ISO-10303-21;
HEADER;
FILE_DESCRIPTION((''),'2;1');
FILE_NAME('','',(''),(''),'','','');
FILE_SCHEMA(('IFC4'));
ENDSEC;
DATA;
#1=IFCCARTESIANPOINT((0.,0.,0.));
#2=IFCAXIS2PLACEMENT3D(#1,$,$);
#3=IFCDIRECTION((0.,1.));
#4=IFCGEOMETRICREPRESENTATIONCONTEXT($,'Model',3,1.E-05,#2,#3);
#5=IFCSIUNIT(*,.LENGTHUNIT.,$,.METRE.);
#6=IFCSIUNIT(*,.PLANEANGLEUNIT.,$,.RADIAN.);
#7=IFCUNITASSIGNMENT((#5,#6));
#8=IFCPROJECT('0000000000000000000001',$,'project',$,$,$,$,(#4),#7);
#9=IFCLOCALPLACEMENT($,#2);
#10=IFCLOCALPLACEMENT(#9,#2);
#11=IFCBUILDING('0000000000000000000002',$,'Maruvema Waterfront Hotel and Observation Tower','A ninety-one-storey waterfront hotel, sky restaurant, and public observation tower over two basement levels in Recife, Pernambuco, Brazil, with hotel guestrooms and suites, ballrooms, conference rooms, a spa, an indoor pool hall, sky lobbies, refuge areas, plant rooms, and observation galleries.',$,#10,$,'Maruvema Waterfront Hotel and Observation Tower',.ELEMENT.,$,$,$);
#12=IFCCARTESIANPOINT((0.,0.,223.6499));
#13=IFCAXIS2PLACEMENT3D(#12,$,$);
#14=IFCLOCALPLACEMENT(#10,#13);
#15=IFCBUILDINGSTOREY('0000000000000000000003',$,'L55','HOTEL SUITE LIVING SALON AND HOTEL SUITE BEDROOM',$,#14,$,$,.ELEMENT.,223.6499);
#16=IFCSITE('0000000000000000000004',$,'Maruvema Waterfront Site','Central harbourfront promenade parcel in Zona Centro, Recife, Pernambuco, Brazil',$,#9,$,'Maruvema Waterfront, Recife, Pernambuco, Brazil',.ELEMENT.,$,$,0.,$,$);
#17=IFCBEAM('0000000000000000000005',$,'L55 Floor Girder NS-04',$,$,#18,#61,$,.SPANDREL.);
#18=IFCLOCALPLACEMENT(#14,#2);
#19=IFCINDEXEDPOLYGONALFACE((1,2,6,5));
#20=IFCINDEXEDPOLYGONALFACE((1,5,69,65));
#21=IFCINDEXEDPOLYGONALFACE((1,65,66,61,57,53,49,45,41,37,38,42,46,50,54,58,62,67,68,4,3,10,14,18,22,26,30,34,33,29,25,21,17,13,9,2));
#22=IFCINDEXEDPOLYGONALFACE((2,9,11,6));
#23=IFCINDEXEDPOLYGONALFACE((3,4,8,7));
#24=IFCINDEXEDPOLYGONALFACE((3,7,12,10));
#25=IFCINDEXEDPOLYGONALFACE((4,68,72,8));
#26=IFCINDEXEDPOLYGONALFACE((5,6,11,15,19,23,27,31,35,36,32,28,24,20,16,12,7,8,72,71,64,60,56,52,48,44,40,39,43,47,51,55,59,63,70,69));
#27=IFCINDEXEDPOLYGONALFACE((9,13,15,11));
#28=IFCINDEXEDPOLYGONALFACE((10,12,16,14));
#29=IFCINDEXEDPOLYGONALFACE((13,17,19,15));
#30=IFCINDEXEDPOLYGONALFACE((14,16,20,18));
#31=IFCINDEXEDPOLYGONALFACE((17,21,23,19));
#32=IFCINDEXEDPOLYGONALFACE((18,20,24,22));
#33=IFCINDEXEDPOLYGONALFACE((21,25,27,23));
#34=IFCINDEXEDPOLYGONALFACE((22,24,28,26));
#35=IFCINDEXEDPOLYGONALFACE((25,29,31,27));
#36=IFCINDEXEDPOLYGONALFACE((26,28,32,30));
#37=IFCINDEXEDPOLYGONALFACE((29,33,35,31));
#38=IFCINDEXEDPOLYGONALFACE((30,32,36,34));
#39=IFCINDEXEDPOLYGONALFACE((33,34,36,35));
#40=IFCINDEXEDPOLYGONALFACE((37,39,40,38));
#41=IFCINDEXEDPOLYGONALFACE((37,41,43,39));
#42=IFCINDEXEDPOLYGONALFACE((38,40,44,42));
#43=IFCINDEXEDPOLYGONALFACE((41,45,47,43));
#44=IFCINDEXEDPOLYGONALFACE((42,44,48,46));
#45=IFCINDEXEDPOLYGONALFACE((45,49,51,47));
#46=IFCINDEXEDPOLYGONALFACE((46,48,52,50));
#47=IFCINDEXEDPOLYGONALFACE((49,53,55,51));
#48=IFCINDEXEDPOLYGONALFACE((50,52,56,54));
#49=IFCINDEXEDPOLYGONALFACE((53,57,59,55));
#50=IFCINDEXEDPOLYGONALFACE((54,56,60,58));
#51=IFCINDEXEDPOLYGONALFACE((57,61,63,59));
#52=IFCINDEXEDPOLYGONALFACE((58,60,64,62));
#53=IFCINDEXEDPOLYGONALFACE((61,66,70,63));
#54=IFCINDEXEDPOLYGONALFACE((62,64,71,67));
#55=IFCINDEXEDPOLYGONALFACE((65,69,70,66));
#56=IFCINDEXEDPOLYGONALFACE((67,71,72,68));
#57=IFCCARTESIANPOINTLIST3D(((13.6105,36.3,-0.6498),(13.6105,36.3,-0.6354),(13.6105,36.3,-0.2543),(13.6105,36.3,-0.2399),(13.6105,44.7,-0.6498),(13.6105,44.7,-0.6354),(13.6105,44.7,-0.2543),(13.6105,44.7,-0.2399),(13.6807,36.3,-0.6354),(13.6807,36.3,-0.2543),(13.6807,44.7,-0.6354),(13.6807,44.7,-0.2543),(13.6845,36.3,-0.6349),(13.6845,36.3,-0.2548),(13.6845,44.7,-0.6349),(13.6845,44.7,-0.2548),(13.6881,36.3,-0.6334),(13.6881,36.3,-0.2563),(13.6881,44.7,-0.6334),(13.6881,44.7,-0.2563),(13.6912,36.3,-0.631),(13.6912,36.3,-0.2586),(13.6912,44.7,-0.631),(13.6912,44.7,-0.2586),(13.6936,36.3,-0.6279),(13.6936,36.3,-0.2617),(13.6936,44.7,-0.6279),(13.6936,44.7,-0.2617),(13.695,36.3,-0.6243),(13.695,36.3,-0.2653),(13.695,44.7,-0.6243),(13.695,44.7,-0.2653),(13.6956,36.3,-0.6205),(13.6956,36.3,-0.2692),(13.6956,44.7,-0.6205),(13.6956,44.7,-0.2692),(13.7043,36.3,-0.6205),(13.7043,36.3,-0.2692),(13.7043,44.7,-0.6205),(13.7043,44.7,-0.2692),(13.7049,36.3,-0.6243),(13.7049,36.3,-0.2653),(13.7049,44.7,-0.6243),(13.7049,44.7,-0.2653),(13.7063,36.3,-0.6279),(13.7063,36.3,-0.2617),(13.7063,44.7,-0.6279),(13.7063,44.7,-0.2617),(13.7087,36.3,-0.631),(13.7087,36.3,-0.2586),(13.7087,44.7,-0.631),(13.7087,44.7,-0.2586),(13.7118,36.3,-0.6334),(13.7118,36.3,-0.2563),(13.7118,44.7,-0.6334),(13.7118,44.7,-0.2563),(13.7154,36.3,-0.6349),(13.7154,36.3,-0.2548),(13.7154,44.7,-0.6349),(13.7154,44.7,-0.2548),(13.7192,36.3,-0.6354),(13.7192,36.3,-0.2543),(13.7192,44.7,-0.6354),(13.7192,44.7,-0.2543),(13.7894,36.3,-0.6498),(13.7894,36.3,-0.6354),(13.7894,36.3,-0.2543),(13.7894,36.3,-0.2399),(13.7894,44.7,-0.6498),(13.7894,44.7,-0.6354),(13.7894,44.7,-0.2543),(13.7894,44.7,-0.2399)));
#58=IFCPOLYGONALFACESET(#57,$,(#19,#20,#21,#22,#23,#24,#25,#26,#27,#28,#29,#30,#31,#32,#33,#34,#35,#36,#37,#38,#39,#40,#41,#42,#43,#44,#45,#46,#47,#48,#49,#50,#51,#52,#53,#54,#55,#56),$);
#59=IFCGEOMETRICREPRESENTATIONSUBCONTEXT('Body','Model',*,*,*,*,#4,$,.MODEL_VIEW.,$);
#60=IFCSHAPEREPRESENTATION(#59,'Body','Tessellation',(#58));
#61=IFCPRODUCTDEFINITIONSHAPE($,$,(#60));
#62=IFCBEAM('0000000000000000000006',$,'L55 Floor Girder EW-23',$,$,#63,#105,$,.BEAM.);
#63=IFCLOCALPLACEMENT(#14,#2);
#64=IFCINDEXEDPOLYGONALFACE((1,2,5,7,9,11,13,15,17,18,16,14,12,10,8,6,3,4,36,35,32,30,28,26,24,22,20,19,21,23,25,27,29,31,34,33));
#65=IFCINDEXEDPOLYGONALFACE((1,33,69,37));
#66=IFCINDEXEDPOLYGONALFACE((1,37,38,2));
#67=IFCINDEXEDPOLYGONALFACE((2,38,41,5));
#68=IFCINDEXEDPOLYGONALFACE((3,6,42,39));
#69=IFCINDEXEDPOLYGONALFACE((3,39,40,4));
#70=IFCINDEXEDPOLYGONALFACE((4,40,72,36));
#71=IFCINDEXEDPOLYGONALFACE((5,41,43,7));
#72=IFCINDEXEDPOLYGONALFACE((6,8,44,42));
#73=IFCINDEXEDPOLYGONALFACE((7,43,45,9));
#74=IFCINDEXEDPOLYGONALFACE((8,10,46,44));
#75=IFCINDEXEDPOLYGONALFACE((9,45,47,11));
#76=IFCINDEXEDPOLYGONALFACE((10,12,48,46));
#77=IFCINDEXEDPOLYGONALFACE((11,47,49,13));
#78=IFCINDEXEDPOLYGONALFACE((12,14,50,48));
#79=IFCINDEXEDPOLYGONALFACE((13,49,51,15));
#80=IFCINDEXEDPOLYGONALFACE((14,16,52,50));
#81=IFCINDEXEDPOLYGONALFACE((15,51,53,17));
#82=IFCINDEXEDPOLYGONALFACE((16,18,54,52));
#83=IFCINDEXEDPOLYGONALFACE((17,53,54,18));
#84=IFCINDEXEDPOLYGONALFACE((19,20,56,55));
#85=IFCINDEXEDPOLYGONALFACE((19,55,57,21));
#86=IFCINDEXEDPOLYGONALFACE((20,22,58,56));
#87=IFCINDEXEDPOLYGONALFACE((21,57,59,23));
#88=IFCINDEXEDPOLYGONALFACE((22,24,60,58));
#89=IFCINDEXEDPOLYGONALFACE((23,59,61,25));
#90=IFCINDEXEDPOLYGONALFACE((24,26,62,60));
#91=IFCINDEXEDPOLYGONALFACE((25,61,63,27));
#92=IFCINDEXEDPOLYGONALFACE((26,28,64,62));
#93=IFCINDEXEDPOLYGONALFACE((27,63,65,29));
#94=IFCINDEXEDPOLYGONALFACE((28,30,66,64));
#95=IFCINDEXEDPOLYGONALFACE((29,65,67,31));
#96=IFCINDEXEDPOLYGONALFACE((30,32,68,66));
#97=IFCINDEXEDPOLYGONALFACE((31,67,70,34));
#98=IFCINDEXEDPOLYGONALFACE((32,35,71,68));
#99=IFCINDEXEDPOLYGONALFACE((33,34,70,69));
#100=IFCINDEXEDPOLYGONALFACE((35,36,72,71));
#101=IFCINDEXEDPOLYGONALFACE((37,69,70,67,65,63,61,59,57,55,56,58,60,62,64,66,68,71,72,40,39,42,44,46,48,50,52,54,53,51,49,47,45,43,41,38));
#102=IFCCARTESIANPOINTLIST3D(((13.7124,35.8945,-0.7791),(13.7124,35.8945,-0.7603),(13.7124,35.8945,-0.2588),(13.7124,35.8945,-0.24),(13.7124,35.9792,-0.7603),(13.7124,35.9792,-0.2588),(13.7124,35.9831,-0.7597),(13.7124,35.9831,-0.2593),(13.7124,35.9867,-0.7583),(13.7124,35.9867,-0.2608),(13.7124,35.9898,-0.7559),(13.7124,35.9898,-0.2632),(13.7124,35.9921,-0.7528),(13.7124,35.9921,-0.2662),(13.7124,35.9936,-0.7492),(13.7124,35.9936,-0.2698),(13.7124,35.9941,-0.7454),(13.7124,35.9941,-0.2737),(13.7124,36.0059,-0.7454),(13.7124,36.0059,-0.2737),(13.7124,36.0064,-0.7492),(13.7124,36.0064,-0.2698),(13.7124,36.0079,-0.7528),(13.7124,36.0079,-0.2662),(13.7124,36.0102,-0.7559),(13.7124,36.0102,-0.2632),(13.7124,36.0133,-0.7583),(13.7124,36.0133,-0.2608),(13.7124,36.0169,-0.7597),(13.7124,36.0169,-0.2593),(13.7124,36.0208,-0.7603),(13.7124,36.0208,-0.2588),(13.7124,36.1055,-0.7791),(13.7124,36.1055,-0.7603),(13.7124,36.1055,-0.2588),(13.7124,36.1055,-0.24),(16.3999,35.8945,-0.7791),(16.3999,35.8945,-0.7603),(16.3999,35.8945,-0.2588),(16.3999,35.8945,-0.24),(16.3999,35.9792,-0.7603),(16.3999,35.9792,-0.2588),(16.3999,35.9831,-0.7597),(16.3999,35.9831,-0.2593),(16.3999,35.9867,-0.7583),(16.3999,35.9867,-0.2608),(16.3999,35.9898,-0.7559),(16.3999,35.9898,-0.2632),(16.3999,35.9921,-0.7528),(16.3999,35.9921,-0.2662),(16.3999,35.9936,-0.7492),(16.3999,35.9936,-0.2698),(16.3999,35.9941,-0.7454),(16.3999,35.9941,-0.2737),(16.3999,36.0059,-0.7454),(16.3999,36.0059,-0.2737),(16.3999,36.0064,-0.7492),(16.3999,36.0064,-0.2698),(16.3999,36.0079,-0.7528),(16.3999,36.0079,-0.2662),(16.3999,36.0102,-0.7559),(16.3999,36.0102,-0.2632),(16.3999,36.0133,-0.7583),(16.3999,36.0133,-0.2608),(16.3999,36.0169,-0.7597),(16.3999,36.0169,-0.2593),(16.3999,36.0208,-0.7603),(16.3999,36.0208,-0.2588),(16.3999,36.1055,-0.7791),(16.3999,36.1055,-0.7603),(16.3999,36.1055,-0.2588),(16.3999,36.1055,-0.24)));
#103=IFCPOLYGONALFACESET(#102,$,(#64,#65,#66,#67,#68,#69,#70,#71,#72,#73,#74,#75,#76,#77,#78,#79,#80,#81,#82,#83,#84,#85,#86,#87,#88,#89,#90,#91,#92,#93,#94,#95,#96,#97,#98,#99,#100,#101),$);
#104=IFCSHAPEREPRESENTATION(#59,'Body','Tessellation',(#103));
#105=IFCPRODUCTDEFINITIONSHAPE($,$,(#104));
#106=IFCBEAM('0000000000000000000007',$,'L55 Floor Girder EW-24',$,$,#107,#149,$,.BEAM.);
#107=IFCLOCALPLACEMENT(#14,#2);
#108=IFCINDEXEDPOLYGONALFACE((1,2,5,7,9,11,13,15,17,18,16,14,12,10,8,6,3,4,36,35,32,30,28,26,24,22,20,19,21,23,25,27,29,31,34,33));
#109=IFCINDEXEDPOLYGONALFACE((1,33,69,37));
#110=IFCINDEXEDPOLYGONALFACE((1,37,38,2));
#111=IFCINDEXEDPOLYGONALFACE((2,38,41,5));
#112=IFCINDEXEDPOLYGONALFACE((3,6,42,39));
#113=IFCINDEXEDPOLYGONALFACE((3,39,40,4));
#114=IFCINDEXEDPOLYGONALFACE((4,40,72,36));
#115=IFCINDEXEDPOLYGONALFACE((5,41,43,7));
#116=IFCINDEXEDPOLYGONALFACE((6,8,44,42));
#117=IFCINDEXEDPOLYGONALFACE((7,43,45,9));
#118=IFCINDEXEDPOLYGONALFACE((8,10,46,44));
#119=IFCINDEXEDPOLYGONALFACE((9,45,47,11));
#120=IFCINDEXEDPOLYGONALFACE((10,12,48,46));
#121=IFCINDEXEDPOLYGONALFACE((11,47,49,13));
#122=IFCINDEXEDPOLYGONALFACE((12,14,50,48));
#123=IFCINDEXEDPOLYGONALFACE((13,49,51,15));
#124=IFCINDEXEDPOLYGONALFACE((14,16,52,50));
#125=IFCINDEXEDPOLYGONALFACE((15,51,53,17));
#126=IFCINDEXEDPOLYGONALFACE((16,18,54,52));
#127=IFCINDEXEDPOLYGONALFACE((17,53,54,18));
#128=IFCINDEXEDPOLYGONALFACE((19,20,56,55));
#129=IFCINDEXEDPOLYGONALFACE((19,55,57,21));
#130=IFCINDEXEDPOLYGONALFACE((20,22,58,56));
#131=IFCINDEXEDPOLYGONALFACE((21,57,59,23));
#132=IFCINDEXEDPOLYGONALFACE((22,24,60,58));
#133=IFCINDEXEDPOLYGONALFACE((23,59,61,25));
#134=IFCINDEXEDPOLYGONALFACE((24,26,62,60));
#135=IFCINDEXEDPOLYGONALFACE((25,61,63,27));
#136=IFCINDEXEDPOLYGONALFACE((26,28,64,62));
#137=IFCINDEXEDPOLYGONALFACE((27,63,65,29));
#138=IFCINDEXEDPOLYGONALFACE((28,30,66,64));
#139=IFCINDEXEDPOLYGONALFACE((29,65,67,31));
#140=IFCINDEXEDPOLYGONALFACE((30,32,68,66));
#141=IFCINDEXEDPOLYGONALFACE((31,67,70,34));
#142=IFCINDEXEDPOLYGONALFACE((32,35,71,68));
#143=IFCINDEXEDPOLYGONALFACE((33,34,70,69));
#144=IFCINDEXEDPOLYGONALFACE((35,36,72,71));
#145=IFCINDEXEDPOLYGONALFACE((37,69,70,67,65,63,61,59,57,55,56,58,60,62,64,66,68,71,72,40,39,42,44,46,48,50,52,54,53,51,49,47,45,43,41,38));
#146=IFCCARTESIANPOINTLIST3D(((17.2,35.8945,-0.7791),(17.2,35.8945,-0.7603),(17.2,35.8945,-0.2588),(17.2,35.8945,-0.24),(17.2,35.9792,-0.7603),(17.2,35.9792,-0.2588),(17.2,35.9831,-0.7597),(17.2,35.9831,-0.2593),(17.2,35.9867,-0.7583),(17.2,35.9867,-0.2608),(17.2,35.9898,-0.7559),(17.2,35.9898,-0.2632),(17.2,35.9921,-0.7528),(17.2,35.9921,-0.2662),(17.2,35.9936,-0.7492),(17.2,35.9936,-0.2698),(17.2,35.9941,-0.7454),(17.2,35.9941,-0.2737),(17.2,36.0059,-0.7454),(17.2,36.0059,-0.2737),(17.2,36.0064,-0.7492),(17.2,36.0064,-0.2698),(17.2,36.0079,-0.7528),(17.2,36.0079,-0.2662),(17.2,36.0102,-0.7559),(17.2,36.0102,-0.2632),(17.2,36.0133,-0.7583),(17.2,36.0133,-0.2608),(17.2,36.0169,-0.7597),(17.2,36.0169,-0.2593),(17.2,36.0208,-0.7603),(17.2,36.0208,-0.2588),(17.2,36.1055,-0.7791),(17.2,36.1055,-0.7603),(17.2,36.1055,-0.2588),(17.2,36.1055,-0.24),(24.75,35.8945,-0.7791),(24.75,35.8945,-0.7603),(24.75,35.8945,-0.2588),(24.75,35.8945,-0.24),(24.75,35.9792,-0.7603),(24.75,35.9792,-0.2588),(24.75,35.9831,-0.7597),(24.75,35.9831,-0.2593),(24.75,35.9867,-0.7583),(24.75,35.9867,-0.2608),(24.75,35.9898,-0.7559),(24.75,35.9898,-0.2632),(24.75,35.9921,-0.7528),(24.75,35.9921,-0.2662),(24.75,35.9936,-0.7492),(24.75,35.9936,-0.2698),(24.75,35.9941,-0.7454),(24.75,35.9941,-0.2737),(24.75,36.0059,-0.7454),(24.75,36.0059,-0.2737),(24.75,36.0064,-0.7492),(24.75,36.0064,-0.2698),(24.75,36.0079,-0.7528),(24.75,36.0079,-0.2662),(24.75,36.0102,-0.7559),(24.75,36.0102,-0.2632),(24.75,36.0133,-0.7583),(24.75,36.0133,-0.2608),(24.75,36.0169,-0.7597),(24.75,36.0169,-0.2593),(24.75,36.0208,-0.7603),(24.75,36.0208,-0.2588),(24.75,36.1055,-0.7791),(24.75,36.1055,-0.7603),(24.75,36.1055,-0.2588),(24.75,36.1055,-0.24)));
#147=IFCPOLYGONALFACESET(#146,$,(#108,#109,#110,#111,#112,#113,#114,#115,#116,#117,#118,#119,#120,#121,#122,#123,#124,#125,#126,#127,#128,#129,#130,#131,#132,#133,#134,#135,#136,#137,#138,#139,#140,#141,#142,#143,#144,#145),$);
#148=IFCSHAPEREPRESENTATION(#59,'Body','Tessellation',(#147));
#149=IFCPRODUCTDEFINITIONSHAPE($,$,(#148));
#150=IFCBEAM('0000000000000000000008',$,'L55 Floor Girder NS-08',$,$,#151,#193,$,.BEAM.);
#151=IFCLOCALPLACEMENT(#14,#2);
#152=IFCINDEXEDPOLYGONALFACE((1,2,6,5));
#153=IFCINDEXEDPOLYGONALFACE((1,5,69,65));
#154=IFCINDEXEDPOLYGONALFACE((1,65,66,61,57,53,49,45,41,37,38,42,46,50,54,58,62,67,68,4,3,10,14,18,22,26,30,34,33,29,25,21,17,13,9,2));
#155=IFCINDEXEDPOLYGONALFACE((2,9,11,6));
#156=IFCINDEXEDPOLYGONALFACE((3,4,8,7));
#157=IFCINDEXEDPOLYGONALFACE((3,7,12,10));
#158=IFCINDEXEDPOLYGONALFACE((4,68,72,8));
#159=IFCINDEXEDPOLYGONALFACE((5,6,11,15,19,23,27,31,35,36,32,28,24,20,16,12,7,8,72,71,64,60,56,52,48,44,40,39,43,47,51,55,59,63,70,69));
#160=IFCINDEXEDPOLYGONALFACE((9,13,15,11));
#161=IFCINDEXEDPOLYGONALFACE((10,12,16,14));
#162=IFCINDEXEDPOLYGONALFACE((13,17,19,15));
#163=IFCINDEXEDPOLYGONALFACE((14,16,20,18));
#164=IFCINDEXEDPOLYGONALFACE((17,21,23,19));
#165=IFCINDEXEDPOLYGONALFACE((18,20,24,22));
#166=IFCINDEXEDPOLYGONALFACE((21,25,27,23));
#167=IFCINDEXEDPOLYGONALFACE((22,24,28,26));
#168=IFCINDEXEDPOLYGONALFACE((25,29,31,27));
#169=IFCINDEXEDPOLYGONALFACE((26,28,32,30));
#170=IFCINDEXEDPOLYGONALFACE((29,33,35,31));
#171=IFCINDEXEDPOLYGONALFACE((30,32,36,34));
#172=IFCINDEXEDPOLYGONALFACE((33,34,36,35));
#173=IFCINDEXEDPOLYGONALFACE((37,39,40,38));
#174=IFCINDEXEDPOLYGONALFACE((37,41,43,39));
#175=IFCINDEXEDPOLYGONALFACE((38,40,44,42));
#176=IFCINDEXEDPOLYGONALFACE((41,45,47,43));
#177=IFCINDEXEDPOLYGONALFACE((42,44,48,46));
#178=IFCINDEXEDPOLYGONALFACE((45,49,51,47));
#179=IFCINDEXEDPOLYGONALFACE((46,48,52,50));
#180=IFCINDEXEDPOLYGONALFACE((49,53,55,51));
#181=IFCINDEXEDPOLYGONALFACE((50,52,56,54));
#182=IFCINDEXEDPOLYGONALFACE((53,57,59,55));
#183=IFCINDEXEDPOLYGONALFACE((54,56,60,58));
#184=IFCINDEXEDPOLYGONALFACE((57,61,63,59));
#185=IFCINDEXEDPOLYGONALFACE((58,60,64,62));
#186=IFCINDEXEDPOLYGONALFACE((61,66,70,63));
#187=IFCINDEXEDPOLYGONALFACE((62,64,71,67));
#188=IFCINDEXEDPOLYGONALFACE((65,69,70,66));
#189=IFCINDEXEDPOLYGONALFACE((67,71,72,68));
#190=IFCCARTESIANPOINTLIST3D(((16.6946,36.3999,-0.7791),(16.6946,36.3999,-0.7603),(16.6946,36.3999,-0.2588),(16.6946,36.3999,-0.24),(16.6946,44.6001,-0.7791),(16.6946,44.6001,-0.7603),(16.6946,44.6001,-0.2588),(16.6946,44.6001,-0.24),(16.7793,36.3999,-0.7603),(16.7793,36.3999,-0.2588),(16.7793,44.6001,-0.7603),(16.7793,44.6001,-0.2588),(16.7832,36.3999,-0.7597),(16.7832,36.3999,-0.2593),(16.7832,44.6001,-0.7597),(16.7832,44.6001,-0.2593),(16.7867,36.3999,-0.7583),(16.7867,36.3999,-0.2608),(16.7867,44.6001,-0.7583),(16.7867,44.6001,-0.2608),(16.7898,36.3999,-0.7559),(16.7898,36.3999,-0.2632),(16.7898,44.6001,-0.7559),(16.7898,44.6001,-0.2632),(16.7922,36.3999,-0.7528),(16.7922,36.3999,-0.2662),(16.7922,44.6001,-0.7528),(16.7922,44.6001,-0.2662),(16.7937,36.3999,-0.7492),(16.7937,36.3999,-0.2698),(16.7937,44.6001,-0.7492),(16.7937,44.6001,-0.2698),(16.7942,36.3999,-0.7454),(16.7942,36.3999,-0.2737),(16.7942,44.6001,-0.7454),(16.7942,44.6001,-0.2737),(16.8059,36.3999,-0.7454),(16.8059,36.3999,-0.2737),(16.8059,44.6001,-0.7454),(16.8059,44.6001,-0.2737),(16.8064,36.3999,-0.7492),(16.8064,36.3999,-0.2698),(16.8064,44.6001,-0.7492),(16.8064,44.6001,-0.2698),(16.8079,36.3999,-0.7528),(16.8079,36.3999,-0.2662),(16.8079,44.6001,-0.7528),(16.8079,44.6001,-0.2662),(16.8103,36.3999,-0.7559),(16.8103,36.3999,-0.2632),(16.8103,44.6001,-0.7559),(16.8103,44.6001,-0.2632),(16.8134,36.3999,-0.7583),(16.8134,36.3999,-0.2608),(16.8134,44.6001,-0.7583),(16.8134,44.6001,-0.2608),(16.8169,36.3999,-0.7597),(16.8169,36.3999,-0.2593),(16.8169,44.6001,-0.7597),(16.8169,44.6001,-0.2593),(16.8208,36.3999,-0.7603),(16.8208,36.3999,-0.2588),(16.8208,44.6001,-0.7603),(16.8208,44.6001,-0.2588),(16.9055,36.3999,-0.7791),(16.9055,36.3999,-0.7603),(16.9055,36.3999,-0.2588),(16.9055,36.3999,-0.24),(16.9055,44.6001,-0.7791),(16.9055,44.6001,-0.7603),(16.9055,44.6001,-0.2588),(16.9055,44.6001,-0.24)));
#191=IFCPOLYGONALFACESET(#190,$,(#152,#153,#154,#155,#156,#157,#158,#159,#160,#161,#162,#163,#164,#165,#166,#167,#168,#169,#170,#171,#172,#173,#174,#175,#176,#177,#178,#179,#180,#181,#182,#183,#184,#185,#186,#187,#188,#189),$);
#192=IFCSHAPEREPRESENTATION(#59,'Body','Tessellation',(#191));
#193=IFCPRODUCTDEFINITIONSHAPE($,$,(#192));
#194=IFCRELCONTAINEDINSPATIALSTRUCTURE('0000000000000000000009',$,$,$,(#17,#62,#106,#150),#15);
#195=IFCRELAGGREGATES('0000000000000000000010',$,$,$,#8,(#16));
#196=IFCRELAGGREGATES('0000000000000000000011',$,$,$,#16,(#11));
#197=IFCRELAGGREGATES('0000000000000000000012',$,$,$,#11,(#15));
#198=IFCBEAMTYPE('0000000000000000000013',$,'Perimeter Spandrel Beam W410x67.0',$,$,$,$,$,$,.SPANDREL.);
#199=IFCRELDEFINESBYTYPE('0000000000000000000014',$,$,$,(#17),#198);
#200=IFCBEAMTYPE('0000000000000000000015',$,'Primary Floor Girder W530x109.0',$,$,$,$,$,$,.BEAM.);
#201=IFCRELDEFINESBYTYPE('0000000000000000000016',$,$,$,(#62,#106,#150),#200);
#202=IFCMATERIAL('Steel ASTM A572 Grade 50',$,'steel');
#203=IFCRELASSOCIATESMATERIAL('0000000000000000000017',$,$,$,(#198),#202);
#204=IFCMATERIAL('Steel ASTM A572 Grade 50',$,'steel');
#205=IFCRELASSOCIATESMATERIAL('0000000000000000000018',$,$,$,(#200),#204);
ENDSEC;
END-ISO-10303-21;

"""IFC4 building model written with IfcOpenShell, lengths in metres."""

from ifc_helpers import new_model, si_unit, direction, frame, origin, origin_2d, place, context, subcontext, project, spatial, i_section, extrude, material, material_profile, profile_set, type_object, element, save


model = new_model("IFC4")

# Units and contexts
model_context = context("Model", 3, precision=1e-05, world=origin(), true_north=direction((0.0, 1.0)))
body_context = subcontext(model_context, "Body", "Model", "MODEL_VIEW")
ifc_project = project(units=[si_unit("LENGTHUNIT", "METRE"), si_unit("PLANEANGLEUNIT", "RADIAN")], contexts=[model_context])

# Site, building, storey
site_placement = place(None, origin())
site = spatial("IfcSite", under=ifc_project, at=site_placement, Name="Maruvema Waterfront Site", Description="Central harbourfront promenade parcel in Zona Centro, Recife, Pernambuco, Brazil", LongName="Maruvema Waterfront, Recife, Pernambuco, Brazil", CompositionType="ELEMENT", RefElevation=0.0)
building_placement = place(site_placement, origin())
building = spatial("IfcBuilding", under=site, at=building_placement, Name="Maruvema Waterfront Hotel and Observation Tower", Description="A ninety-one-storey waterfront hotel, sky restaurant, and public observation tower over two basement levels in Recife, Pernambuco, Brazil, with hotel guestrooms and suites, ballrooms, conference rooms, a spa, an indoor pool hall, sky lobbies, refuge areas, plant rooms, and observation galleries.", LongName="Maruvema Waterfront Hotel and Observation Tower", CompositionType="ELEMENT")
storey_placement = place(building_placement, frame((0.0, 0.0, 223.6499)))
storey = spatial("IfcBuildingStorey", under=building, at=storey_placement, Name="L55", Description="HOTEL SUITE LIVING SALON AND HOTEL SUITE BEDROOM", CompositionType="ELEMENT", Elevation=223.6499)

# Beams
ifc_material_1 = material(Name="Steel ASTM A572 Grade 50", Category="steel")
ifc_material_profile_1 = material_profile(ifc_material_1, i_section(OverallWidth=0.179, OverallDepth=0.4099, WebThickness=0.0088, FlangeThickness=0.0144, FilletRadius=0.0149, at=origin_2d()), Name="W410x67.0")
ifc_profile_set_1 = profile_set([ifc_material_profile_1], Name="Steel ASTM A572 Grade 50")
beam_type_1 = type_object("IfcBeamType", Name="Perimeter Spandrel Beam W410x67.0", PredefinedType="SPANDREL", material=ifc_profile_set_1)
beam_1_placement = place(storey_placement, frame((13.7, 36.3, -0.4448), z_axis=(0.0, 1.0, 0.0), x_axis=(-1.0, 0.0, 0.0)))
element("IfcBeam", 1, at=beam_1_placement, inside=storey, type_object=beam_type_1, Name="L55 Floor Girder NS-04", PredefinedType="SPANDREL", context=body_context, shape_type="SweptSolid", body=[
    extrude(i_section(OverallWidth=0.179, OverallDepth=0.4099, WebThickness=0.0088, FlangeThickness=0.0144, FilletRadius=0.0149, at=origin_2d()), origin(), (0.0, 0.0, 1.0), 8.3999),
])
ifc_material_2 = material(Name="Steel ASTM A572 Grade 50", Category="steel")
ifc_material_profile_2 = material_profile(ifc_material_2, i_section(OverallWidth=0.2109, OverallDepth=0.5391, WebThickness=0.0117, FlangeThickness=0.0188, FilletRadius=0.0149, at=origin_2d()), Name="W530x109.0")
ifc_profile_set_2 = profile_set([ifc_material_profile_2], Name="Steel ASTM A572 Grade 50")
beam_type_2 = type_object("IfcBeamType", Name="Primary Floor Girder W530x109.0", PredefinedType="BEAM", material=ifc_profile_set_2)
beam_2_placement = place(storey_placement, frame((13.7124, 36.0, -0.5095), z_axis=(1.0, 0.0, 0.0), x_axis=(0.0, 1.0, 0.0)))
element("IfcBeam", 2, at=beam_2_placement, inside=storey, type_object=beam_type_2, Name="L55 Floor Girder EW-23", PredefinedType="BEAM", context=body_context, shape_type="SweptSolid", body=[
    extrude(i_section(OverallWidth=0.2109, OverallDepth=0.5391, WebThickness=0.0117, FlangeThickness=0.0188, FilletRadius=0.0149, at=origin_2d()), origin(), (0.0, 0.0, 1.0), 2.6875),
])
beam_3_placement = place(storey_placement, frame((17.2, 36.0, -0.5095), z_axis=(1.0, 0.0, 0.0), x_axis=(0.0, 1.0, 0.0)))
element("IfcBeam", 3, at=beam_3_placement, inside=storey, type_object=beam_type_2, Name="L55 Floor Girder EW-24", PredefinedType="BEAM", context=body_context, shape_type="SweptSolid", body=[
    extrude(i_section(OverallWidth=0.2109, OverallDepth=0.5391, WebThickness=0.0117, FlangeThickness=0.0188, FilletRadius=0.0149, at=origin_2d()), origin(), (0.0, 0.0, 1.0), 7.55),
])
beam_4_placement = place(storey_placement, frame((16.8, 36.3999, -0.5095), z_axis=(0.0, 1.0, 0.0), x_axis=(-1.0, 0.0, 0.0)))
element("IfcBeam", 4, at=beam_4_placement, inside=storey, type_object=beam_type_2, Name="L55 Floor Girder NS-08", PredefinedType="BEAM", context=body_context, shape_type="SweptSolid", body=[
    extrude(i_section(OverallWidth=0.2109, OverallDepth=0.5391, WebThickness=0.0117, FlangeThickness=0.0188, FilletRadius=0.0149, at=origin_2d()), origin(), (0.0, 0.0, 1.0), 8.2002),
])

save(model, "model.ifc")
